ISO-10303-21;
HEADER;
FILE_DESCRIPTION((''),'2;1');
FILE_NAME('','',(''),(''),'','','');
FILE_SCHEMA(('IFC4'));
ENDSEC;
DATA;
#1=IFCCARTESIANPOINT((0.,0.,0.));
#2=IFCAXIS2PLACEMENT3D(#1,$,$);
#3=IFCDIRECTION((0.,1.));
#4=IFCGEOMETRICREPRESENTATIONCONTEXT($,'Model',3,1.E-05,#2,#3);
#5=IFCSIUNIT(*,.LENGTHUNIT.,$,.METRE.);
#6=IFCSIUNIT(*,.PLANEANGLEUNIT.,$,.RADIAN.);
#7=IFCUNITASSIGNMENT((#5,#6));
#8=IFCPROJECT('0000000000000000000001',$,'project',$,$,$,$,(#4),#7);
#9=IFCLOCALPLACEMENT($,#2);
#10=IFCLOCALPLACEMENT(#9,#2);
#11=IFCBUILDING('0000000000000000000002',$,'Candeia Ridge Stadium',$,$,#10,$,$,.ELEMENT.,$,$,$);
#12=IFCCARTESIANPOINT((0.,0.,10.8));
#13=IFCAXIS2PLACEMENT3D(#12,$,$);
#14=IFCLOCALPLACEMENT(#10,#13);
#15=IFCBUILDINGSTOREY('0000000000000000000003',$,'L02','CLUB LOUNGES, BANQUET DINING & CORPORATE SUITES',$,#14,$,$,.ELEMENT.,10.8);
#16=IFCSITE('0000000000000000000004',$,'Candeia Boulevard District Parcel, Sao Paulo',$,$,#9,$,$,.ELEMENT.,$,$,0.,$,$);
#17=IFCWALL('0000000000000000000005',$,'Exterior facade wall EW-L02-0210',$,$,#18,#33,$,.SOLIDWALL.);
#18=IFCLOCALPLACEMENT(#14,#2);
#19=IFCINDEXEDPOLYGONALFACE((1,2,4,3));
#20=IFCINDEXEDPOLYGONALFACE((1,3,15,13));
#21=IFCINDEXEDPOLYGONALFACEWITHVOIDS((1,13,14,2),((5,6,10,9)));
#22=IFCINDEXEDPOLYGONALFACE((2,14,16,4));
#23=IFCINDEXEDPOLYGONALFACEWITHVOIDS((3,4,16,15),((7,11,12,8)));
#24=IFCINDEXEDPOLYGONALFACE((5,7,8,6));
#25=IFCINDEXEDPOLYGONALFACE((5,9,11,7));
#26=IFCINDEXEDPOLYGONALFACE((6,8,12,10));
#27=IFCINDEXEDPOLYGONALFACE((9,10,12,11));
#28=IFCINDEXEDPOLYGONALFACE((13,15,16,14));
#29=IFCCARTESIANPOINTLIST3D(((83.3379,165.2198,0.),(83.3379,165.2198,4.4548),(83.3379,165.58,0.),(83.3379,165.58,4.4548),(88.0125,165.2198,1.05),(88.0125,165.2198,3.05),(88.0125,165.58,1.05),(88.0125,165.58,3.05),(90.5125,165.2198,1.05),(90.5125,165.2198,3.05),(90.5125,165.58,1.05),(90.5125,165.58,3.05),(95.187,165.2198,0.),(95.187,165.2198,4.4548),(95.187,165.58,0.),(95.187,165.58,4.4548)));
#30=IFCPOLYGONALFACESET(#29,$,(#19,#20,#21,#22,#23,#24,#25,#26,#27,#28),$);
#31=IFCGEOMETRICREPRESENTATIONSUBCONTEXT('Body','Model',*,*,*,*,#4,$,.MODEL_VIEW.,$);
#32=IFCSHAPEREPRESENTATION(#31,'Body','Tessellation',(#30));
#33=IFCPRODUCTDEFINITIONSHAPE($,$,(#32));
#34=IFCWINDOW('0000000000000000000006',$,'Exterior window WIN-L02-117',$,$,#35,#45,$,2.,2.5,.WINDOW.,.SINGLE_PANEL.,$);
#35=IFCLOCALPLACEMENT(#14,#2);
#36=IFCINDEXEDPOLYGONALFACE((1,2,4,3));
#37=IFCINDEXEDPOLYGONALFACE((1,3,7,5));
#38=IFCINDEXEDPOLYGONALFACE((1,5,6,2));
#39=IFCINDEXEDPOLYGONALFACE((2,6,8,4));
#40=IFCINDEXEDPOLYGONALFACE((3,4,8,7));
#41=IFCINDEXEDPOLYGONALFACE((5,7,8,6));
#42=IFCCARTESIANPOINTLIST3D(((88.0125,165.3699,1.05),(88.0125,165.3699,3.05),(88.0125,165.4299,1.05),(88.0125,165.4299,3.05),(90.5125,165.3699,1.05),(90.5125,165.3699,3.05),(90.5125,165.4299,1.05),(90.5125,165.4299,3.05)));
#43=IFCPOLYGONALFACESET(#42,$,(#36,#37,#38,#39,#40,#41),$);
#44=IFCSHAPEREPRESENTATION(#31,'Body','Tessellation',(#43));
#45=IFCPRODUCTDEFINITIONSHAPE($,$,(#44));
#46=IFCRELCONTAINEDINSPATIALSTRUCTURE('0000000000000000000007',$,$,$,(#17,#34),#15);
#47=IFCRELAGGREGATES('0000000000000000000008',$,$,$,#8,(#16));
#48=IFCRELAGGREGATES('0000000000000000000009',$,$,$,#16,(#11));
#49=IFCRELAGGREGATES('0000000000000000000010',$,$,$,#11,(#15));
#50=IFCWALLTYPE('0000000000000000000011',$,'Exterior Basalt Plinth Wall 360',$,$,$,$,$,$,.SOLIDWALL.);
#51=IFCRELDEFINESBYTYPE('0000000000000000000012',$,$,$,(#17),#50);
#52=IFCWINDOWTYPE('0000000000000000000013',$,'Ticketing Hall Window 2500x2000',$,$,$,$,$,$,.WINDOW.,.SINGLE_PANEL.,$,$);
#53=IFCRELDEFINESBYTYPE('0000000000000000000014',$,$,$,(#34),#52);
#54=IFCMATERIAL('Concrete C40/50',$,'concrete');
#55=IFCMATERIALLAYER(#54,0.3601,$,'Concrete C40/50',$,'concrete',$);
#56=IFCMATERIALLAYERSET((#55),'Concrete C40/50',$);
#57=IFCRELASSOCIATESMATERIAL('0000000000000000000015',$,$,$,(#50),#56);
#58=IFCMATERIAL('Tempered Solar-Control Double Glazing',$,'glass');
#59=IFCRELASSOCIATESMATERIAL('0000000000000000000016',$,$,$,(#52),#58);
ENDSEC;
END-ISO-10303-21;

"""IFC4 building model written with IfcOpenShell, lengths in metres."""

from ifc_helpers import new_model, si_unit, direction, frame, frame_2d, origin, place, context, subcontext, project, spatial, rectangle, extrude, material, layer, layer_set, type_object, element, fill, save


model = new_model("IFC4")

# Units and contexts
model_context = context("Model", 3, precision=1e-05, world=origin(), true_north=direction((0.0, 1.0)))
body_context = subcontext(model_context, "Body", "Model", "MODEL_VIEW")
ifc_project = project(units=[si_unit("LENGTHUNIT", "METRE"), si_unit("PLANEANGLEUNIT", "RADIAN")], contexts=[model_context])

# Site, building, storey
site_placement = place(None, origin())
site = spatial("IfcSite", under=ifc_project, at=site_placement, Name="Candeia Boulevard District Parcel, Sao Paulo", CompositionType="ELEMENT", RefElevation=0.0)
building_placement = place(site_placement, origin())
building = spatial("IfcBuilding", under=site, at=building_placement, Name="Candeia Ridge Stadium", CompositionType="ELEMENT")
storey_placement = place(building_placement, frame((0.0, 0.0, 10.8)))
storey = spatial("IfcBuildingStorey", under=building, at=storey_placement, Name="L02", Description="CLUB LOUNGES, BANQUET DINING & CORPORATE SUITES", CompositionType="ELEMENT", Elevation=10.8)

# Shared definitions
ifc_material_1 = material(Name="Concrete C40/50", Category="concrete")

# Wall, opening, window
ifc_layer_1 = layer(ifc_material_1, 0.3601, Name="Concrete C40/50", Category="concrete")
ifc_layer_set_1 = layer_set([ifc_layer_1], Name="Concrete C40/50")
wall_type_1 = type_object("IfcWallType", Name="Exterior Basalt Plinth Wall 360", PredefinedType="SOLIDWALL", material=ifc_layer_set_1)
wall_1_placement = place(storey_placement, frame((83.3379, 165.3999, 0.0), z_axis=(0.0, 0.0, 1.0), x_axis=(1.0, 0.0, 0.0)))
wall_1 = element("IfcWall", 1, at=wall_1_placement, inside=storey, type_object=wall_type_1, Name="Exterior facade wall EW-L02-0210", PredefinedType="SOLIDWALL", context=body_context, shape_type="SweptSolid", body=[
    extrude(rectangle(XDim=11.8491, YDim=0.3601, at=frame_2d((5.9246, 0.0))), origin(), (0.0, 0.0, 1.0), 4.4548),
])
opening_1_placement = place(wall_1_placement, frame((4.6746, 0.0, 1.05)))
opening_1 = element("IfcOpeningElement", 2, at=opening_1_placement, cuts=wall_1, PredefinedType="OPENING", context=body_context, shape_type="SweptSolid", body=[
    extrude(rectangle(XDim=2.5, YDim=2.0, at=frame_2d((1.25, 1.0))), frame((0.0, 0.1899, 0.0), z_axis=(0.0, -1.0, 0.0), x_axis=(1.0, 0.0, 0.0)), (0.0, 0.0, 1.0), 0.3801),
])
ifc_material_2 = material(Name="Tempered Solar-Control Double Glazing", Category="glass")
window_type = type_object("IfcWindowType", Name="Ticketing Hall Window 2500x2000", PartitioningType="SINGLE_PANEL", PredefinedType="WINDOW", material=ifc_material_2)
window_placement = place(opening_1_placement, origin())
window = element("IfcWindow", 3, at=window_placement, inside=storey, type_object=window_type, Name="Exterior window WIN-L02-117", OverallHeight=2.0, OverallWidth=2.5, PartitioningType="SINGLE_PANEL", PredefinedType="WINDOW", context=body_context, shape_type="SweptSolid", body=[
    extrude(rectangle(XDim=2.5, YDim=2.0, at=frame_2d((1.25, 1.0))), frame((0.0, 0.03, 0.0), z_axis=(0.0, -1.0, 0.0), x_axis=(1.0, 0.0, 0.0)), (0.0, 0.0, 1.0), 0.0601),
])
fill(opening_1, window)

save(model, "model.ifc")
